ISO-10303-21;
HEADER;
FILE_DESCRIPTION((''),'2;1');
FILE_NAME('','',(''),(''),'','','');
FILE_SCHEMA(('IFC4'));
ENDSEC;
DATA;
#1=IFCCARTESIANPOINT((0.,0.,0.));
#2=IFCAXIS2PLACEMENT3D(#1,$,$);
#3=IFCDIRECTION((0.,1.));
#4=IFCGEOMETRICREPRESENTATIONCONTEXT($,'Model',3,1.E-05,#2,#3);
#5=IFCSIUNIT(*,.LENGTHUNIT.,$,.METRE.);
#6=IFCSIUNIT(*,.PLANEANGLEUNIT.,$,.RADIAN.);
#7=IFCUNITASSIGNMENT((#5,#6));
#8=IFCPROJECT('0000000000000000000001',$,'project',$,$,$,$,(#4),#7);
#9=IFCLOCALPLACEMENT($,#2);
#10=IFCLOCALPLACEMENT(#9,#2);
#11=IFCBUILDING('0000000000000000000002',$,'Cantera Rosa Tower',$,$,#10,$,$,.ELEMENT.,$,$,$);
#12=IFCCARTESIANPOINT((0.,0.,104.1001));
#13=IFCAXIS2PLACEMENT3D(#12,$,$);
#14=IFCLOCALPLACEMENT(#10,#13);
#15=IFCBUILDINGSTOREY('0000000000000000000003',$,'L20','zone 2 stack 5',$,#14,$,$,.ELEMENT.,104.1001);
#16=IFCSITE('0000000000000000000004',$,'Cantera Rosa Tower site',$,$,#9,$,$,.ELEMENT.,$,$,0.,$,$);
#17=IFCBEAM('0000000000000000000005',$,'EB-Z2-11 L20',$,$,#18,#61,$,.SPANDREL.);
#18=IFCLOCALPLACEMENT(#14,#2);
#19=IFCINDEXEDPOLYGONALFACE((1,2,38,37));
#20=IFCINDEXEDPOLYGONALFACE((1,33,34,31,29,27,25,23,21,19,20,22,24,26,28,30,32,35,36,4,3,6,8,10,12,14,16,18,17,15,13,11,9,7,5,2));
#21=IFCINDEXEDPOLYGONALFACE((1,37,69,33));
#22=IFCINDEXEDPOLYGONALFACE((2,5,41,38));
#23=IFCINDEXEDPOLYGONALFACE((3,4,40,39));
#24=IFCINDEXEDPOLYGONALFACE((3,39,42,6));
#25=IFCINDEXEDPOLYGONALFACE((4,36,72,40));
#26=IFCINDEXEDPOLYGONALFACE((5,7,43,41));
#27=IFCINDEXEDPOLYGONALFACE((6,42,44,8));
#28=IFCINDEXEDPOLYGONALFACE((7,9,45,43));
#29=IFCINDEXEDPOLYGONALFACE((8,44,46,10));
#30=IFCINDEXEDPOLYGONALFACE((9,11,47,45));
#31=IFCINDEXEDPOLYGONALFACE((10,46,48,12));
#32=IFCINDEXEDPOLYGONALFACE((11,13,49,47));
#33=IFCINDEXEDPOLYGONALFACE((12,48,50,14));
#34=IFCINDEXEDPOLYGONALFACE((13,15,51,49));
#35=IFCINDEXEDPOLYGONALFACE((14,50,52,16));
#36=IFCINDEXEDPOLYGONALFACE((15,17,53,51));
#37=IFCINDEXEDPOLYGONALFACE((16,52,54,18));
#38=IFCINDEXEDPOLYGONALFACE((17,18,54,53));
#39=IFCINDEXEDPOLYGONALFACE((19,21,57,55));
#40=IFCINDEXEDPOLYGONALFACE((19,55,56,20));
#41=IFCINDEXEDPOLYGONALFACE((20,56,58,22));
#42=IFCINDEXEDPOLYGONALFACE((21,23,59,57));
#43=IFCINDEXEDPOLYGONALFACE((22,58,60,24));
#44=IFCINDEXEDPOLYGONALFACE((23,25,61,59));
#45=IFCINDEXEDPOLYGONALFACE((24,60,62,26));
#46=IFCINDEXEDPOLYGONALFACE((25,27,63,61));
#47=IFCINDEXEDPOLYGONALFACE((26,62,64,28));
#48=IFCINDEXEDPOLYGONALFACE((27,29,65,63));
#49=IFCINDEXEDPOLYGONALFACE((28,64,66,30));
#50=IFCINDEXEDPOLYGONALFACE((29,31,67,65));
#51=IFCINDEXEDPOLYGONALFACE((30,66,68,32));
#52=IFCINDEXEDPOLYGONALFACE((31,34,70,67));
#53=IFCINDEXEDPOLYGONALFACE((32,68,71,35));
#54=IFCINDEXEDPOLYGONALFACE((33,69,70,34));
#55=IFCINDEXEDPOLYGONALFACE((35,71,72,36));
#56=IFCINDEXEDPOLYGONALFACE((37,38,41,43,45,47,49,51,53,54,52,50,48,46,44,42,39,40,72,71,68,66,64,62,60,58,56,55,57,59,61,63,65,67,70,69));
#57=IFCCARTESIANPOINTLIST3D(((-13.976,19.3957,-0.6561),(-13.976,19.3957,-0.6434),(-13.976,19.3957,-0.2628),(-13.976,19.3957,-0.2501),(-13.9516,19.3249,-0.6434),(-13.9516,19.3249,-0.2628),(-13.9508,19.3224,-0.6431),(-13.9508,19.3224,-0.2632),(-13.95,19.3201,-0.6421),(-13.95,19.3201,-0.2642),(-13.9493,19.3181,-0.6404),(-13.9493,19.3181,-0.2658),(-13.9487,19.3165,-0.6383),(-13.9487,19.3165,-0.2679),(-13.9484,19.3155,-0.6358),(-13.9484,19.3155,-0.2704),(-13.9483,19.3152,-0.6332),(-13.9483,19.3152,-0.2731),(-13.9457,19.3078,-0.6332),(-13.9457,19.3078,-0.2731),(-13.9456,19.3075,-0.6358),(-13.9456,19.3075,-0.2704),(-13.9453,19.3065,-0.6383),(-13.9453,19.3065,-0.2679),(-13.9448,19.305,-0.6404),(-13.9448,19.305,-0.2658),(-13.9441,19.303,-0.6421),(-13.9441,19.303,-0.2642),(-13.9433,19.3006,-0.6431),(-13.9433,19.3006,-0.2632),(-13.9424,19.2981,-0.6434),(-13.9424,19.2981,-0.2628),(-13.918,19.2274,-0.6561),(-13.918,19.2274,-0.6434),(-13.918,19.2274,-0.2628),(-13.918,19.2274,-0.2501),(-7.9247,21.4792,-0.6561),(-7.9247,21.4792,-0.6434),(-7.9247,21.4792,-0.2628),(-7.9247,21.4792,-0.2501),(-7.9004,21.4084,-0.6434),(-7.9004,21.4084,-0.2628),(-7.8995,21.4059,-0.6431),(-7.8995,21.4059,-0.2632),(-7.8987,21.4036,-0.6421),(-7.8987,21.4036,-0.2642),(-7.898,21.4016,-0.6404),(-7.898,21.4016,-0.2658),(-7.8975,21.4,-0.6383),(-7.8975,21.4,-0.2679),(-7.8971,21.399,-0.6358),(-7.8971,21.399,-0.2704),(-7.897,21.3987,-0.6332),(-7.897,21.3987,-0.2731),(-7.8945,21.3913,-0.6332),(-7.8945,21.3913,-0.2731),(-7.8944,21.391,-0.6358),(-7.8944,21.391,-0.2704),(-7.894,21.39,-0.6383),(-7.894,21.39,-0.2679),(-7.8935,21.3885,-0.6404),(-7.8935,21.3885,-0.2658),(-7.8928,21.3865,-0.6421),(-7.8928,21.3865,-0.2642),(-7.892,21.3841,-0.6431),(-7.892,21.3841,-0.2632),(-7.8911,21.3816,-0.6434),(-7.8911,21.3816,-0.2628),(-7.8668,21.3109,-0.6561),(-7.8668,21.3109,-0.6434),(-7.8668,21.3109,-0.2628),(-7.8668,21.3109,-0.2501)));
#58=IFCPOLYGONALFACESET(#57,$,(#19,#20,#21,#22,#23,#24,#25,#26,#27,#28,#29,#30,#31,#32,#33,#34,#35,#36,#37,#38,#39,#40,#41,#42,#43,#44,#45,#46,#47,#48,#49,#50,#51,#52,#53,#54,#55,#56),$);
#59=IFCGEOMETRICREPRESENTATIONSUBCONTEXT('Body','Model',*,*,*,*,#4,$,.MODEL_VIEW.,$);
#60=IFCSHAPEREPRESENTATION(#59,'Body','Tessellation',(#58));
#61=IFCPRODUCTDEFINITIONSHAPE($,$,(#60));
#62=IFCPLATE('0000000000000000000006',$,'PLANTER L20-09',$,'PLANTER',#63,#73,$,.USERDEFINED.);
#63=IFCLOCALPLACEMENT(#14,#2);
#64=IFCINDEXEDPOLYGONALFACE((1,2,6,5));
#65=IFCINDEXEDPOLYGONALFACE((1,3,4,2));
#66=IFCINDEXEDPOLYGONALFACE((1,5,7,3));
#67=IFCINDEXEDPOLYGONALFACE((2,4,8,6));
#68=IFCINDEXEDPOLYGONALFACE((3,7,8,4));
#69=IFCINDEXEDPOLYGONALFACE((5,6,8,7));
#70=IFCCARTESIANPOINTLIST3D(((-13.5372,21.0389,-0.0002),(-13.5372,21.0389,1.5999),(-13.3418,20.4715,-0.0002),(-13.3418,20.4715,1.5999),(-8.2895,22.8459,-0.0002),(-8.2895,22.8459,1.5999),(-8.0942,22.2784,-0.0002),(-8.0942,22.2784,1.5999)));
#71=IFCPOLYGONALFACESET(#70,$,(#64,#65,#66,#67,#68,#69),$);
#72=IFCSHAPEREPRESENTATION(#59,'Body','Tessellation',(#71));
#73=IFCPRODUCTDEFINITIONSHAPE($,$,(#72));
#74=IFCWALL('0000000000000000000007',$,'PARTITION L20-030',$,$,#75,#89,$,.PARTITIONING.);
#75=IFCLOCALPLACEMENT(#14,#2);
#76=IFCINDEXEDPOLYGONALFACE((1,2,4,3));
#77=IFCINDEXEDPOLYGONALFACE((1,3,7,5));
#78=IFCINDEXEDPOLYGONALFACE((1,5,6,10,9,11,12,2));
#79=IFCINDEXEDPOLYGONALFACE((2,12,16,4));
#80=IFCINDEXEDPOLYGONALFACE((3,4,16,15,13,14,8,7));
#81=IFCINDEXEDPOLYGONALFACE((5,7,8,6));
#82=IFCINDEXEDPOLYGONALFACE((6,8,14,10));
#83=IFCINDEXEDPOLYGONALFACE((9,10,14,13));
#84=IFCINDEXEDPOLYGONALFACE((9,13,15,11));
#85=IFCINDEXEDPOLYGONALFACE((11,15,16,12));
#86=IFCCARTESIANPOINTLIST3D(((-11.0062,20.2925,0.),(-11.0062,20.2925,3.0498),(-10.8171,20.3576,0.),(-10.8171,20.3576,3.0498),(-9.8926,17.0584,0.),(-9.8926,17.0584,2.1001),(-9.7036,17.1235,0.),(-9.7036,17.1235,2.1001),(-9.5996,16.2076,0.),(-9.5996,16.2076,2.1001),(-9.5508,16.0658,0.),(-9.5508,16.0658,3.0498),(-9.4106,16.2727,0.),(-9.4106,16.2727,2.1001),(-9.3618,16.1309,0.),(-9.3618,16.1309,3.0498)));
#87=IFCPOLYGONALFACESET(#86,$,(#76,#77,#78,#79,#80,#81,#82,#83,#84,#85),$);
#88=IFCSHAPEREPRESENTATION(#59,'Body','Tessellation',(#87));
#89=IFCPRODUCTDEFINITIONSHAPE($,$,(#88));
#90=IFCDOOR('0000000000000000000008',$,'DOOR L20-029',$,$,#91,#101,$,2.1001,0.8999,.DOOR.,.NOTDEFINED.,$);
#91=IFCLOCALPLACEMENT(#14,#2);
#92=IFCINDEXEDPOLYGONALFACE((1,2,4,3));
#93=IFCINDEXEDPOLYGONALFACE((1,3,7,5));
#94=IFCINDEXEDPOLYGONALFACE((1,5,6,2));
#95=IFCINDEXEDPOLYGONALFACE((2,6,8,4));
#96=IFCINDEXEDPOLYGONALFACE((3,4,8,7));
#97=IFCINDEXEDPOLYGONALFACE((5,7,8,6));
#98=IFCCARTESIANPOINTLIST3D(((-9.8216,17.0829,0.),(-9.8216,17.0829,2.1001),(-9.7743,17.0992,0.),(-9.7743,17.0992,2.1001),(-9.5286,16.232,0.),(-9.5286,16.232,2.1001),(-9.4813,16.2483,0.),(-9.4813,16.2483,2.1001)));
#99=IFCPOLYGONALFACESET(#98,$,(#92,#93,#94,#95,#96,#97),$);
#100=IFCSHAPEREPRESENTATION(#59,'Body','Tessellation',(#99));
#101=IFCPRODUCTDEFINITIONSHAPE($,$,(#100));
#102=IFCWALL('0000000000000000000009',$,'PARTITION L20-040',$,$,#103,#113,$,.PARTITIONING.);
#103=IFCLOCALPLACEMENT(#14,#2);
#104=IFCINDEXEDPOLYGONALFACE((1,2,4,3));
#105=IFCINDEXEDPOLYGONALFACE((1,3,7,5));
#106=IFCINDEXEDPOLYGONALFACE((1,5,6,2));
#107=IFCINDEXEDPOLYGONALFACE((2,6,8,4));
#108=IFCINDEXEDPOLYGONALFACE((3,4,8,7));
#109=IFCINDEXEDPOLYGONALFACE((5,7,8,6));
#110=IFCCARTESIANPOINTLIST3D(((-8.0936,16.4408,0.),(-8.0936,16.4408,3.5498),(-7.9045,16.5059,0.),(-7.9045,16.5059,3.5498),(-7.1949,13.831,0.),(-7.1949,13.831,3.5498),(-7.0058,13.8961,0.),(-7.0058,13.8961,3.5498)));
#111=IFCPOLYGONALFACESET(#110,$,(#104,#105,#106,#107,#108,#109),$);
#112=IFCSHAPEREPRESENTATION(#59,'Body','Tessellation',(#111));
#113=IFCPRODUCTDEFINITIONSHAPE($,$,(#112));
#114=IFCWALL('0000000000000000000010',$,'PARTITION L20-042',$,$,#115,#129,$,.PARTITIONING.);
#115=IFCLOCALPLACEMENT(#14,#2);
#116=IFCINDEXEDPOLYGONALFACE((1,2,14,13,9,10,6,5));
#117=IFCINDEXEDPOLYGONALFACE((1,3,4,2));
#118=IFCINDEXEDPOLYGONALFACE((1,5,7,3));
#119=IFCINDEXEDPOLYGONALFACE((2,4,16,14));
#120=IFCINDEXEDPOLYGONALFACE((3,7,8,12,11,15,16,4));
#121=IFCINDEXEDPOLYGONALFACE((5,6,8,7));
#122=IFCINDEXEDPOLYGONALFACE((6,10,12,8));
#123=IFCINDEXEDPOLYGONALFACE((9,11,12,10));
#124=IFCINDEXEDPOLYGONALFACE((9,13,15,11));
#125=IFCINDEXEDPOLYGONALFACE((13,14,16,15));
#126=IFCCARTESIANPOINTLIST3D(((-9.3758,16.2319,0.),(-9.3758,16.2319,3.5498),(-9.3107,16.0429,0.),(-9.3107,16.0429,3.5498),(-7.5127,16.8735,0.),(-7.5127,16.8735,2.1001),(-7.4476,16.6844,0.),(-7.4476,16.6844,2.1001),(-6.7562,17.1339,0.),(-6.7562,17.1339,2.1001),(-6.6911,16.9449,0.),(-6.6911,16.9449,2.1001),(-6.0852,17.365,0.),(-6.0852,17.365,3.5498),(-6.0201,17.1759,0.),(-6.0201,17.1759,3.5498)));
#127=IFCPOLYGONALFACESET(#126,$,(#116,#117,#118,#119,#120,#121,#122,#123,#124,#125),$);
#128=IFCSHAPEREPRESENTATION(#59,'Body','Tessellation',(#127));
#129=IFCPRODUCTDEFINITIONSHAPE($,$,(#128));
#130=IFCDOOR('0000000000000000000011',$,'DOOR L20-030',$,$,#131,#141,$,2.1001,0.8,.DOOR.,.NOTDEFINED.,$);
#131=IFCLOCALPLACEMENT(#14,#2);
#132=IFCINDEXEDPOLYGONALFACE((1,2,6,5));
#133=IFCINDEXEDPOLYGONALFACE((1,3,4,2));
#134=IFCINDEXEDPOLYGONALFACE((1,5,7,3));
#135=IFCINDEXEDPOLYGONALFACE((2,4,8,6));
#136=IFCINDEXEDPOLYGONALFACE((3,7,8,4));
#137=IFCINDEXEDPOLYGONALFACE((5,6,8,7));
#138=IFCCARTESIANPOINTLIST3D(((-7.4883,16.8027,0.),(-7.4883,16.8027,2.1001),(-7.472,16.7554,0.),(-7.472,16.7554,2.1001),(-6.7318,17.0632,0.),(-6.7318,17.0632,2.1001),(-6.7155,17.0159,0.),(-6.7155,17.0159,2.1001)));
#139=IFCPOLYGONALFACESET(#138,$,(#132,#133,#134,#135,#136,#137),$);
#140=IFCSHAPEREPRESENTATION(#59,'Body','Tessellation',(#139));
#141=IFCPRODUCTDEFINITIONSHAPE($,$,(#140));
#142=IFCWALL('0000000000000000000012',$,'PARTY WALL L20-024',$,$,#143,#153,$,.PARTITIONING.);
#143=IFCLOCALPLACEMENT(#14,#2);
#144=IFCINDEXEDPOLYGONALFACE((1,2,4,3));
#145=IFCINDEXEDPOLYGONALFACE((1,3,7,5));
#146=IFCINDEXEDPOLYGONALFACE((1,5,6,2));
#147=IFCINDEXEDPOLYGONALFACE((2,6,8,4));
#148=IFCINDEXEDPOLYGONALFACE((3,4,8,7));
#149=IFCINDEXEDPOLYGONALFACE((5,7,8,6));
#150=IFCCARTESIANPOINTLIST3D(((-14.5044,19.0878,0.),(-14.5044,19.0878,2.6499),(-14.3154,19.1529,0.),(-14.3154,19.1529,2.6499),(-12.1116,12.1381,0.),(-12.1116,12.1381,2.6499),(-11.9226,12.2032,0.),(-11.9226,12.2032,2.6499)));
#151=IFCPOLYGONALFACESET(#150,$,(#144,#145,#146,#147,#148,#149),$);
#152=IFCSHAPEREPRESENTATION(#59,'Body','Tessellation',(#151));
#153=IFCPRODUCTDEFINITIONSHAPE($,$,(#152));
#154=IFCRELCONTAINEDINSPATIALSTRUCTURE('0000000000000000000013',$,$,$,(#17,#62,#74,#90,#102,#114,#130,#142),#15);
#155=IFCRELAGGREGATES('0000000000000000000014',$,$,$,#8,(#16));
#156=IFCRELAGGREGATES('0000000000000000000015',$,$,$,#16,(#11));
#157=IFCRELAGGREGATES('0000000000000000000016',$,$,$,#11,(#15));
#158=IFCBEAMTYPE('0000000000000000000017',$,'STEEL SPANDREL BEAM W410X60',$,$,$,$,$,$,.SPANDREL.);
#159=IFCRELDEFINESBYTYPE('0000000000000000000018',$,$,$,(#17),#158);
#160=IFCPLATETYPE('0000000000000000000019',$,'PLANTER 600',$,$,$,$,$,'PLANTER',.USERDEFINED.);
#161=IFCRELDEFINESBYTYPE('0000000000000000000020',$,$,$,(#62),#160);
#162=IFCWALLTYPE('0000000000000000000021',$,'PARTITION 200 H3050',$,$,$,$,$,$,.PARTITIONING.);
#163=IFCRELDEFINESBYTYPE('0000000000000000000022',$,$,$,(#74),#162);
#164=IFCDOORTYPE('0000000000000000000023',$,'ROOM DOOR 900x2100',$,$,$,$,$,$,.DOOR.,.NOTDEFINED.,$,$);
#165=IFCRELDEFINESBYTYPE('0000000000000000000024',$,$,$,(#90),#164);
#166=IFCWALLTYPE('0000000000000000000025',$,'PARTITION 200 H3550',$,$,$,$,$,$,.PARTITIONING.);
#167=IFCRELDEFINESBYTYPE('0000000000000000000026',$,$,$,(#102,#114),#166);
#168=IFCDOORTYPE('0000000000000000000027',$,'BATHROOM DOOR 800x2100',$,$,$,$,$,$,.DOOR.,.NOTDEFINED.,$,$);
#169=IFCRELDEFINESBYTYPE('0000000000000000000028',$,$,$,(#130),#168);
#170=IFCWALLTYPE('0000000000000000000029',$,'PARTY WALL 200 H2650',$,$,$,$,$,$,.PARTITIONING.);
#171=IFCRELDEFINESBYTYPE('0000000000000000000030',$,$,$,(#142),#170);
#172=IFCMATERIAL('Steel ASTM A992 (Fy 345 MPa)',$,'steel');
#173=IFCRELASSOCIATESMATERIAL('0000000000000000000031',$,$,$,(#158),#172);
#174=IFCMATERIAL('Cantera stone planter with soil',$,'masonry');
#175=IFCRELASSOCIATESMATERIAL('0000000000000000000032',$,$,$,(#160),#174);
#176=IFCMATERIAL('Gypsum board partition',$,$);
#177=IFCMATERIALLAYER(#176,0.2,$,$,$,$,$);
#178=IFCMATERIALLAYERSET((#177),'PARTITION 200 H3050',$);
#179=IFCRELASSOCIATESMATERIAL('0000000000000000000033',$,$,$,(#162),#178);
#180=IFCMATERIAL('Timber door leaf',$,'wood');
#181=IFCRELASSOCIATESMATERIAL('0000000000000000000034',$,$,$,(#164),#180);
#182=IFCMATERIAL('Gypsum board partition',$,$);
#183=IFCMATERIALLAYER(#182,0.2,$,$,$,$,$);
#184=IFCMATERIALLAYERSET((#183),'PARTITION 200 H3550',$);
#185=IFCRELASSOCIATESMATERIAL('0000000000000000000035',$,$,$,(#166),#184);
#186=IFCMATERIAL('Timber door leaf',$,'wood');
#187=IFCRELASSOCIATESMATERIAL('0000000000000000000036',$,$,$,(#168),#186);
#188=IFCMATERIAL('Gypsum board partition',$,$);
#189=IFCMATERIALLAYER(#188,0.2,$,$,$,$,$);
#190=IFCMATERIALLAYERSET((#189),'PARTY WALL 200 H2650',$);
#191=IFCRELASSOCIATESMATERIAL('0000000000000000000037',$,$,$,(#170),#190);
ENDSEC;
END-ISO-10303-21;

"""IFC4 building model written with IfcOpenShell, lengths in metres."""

from ifc_helpers import new_model, si_unit, direction, frame, frame_2d, origin, origin_2d, place, context, subcontext, project, spatial, rectangle, i_section, extrude, material, layer, layer_set, material_profile, profile_set, type_object, element, fill, save


model = new_model("IFC4")

# Units and contexts
model_context = context("Model", 3, precision=1e-05, world=origin(), true_north=direction((0.0, 1.0)))
body_context = subcontext(model_context, "Body", "Model", "MODEL_VIEW")
ifc_project = project(units=[si_unit("LENGTHUNIT", "METRE"), si_unit("PLANEANGLEUNIT", "RADIAN")], contexts=[model_context])

# Site, building, storey
site_placement = place(None, origin())
site = spatial("IfcSite", under=ifc_project, at=site_placement, Name="Cantera Rosa Tower site", CompositionType="ELEMENT", RefElevation=0.0)
building_placement = place(site_placement, origin())
building = spatial("IfcBuilding", under=site, at=building_placement, Name="Cantera Rosa Tower", CompositionType="ELEMENT")
storey_placement = place(building_placement, frame((0.0, 0.0, 104.1001)))
storey = spatial("IfcBuildingStorey", under=building, at=storey_placement, Name="L20", Description="zone 2 stack 5", CompositionType="ELEMENT", Elevation=104.1001)

# Beam
ifc_material_1 = material(Name="Steel ASTM A992 (Fy 345 MPa)", Category="steel")
ifc_material_profile_1 = material_profile(ifc_material_1, i_section(OverallWidth=0.178, OverallDepth=0.406, WebThickness=0.0078, FlangeThickness=0.0127, FilletRadius=0.0103, at=origin_2d()), Name="W410X60")
ifc_profile_set_1 = profile_set([ifc_material_profile_1], Name="Steel ASTM A992 (Fy 345 MPa)")
beam_type_1 = type_object("IfcBeamType", Name="STEEL SPANDREL BEAM W410X60", PredefinedType="SPANDREL", material=ifc_profile_set_1)
beam_1_placement = place(storey_placement, frame((-7.8958, 21.395, -0.4531), z_axis=(-0.945524, -0.325551, 0.0), x_axis=(0.325551, -0.945524, 0.0)))
element("IfcBeam", 1, at=beam_1_placement, inside=storey, type_object=beam_type_1, Name="EB-Z2-11 L20", PredefinedType="SPANDREL", context=body_context, shape_type="SweptSolid", body=[
    extrude(i_section(OverallWidth=0.178, OverallDepth=0.406, WebThickness=0.0078, FlangeThickness=0.0127, FilletRadius=0.0103, at=origin_2d()), origin(), (0.0, 0.0, 1.0), 6.3999),
])

# Plate
ifc_material_2 = material(Name="Cantera stone planter with soil", Category="masonry")
plate_type = type_object("IfcPlateType", Name="PLANTER 600", ElementType="PLANTER", PredefinedType="USERDEFINED", material=ifc_material_2)
plate_placement = place(storey_placement, frame((-10.8157, 21.6587, -0.0002), z_axis=(0.0, 0.0, 1.0), x_axis=(-0.945519, -0.325568, 0.0)))
element("IfcPlate", 2, at=plate_placement, inside=storey, type_object=plate_type, Name="PLANTER L20-09", ObjectType="PLANTER", PredefinedType="USERDEFINED", context=body_context, shape_type="SweptSolid", body=[
    extrude(rectangle(XDim=5.55, YDim=0.6001, at=origin_2d()), origin(), (0.0, 0.0, 1.0), 1.6001),
])

# Wall, opening, door
ifc_material_3 = material(Name="Gypsum board partition")
ifc_layer_1 = layer(ifc_material_3, 0.2)
ifc_layer_set_1 = layer_set([ifc_layer_1], Name="PARTITION 200 H3050")
wall_type_1 = type_object("IfcWallType", Name="PARTITION 200 H3050", PredefinedType="PARTITIONING", material=ifc_layer_set_1)
wall_1_placement = place(storey_placement, frame((-9.4563, 16.0984, 0.0), z_axis=(0.0, 0.0, 1.0), x_axis=(-0.325568, 0.945519, 0.0)))
wall_1 = element("IfcWall", 3, at=wall_1_placement, inside=storey, type_object=wall_type_1, Name="PARTITION L20-030", PredefinedType="PARTITIONING", context=body_context, shape_type="SweptSolid", body=[
    extrude(rectangle(XDim=4.4702, YDim=0.2, at=frame_2d((2.2351, 0.0))), origin(), (0.0, 0.0, 1.0), 3.0498),
])
opening_1_placement = place(wall_1_placement, frame((0.1499, 0.0, 0.0)))
opening_1 = element("IfcOpeningElement", 4, at=opening_1_placement, cuts=wall_1, PredefinedType="OPENING", context=body_context, shape_type="SweptSolid", body=[
    extrude(rectangle(XDim=0.8999, YDim=2.1001, at=frame_2d((0.45, 1.05))), frame((0.0, 0.1099, 0.0), z_axis=(0.0, -1.0, 0.0), x_axis=(1.0, 0.0, 0.0)), (0.0, 0.0, 1.0), 0.22),
])
ifc_material_4 = material(Name="Timber door leaf", Category="wood")
door_type_1 = type_object("IfcDoorType", Name="ROOM DOOR 900x2100", OperationType="NOTDEFINED", PredefinedType="DOOR", material=ifc_material_4)
door_1_placement = place(opening_1_placement, origin())
door_1 = element("IfcDoor", 5, at=door_1_placement, inside=storey, type_object=door_type_1, Name="DOOR L20-029", OperationType="NOTDEFINED", OverallHeight=2.1001, OverallWidth=0.8999, PredefinedType="DOOR", context=body_context, shape_type="SweptSolid", body=[
    extrude(rectangle(XDim=0.8999, YDim=2.1001, at=frame_2d((0.45, 1.05))), frame((0.0, 0.0249, 0.0), z_axis=(0.0, -1.0, 0.0), x_axis=(1.0, 0.0, 0.0)), (0.0, 0.0, 1.0), 0.05),
])
fill(opening_1, door_1)

# Wall
ifc_material_5 = material(Name="Gypsum board partition")
ifc_layer_2 = layer(ifc_material_5, 0.2)
ifc_layer_set_2 = layer_set([ifc_layer_2], Name="PARTITION 200 H3550")
wall_type_2 = type_object("IfcWallType", Name="PARTITION 200 H3550", PredefinedType="PARTITIONING", material=ifc_layer_set_2)
wall_2_placement = place(storey_placement, frame((-7.1003, 13.8635, 0.0), z_axis=(0.0, 0.0, 1.0), x_axis=(-0.325579, 0.945515, 0.0)))
element("IfcWall", 6, at=wall_2_placement, inside=storey, type_object=wall_type_2, Name="PARTITION L20-040", PredefinedType="PARTITIONING", context=body_context, shape_type="SweptSolid", body=[
    extrude(rectangle(XDim=2.7603, YDim=0.2, at=frame_2d((1.3801, 0.0))), origin(), (0.0, 0.0, 1.0), 3.5498),
])

# Wall, opening, door
wall_3_placement = place(storey_placement, frame((-6.0525, 17.2705, 0.0), z_axis=(0.0, 0.0, 1.0), x_axis=(-0.945515, -0.325578, 0.0)))
wall_3 = element("IfcWall", 7, at=wall_3_placement, inside=storey, type_object=wall_type_2, Name="PARTITION L20-042", PredefinedType="PARTITIONING", context=body_context, shape_type="SweptSolid", body=[
    extrude(rectangle(XDim=3.4802, YDim=0.2, at=frame_2d((1.7402, 0.0))), origin(), (0.0, 0.0, 1.0), 3.5498),
])
opening_2_placement = place(wall_3_placement, frame((0.71, 0.0, 0.0)))
opening_2 = element("IfcOpeningElement", 8, at=opening_2_placement, cuts=wall_3, PredefinedType="OPENING", context=body_context, shape_type="SweptSolid", body=[
    extrude(rectangle(XDim=0.8, YDim=2.1001, at=frame_2d((0.3999, 1.05))), frame((0.0, 0.1099, 0.0), z_axis=(0.0, -1.0, 0.0), x_axis=(1.0, 0.0, 0.0)), (0.0, 0.0, 1.0), 0.22),
])
ifc_material_6 = material(Name="Timber door leaf", Category="wood")
door_type_2 = type_object("IfcDoorType", Name="BATHROOM DOOR 800x2100", OperationType="NOTDEFINED", PredefinedType="DOOR", material=ifc_material_6)
door_2_placement = place(opening_2_placement, origin())
door_2 = element("IfcDoor", 9, at=door_2_placement, inside=storey, type_object=door_type_2, Name="DOOR L20-030", OperationType="NOTDEFINED", OverallHeight=2.1001, OverallWidth=0.8, PredefinedType="DOOR", context=body_context, shape_type="SweptSolid", body=[
    extrude(rectangle(XDim=0.8, YDim=2.1001, at=frame_2d((0.3999, 1.05))), frame((0.0, 0.0249, 0.0), z_axis=(0.0, -1.0, 0.0), x_axis=(1.0, 0.0, 0.0)), (0.0, 0.0, 1.0), 0.05),
])
fill(opening_2, door_2)

# Wall
ifc_material_7 = material(Name="Gypsum board partition")
ifc_layer_3 = layer(ifc_material_7, 0.2)
ifc_layer_set_3 = layer_set([ifc_layer_3], Name="PARTY WALL 200 H2650")
wall_type_3 = type_object("IfcWallType", Name="PARTY WALL 200 H2650", PredefinedType="PARTITIONING", material=ifc_layer_set_3)
wall_4_placement = place(storey_placement, frame((-12.0171, 12.1707, 0.0), z_axis=(0.0, 0.0, 1.0), x_axis=(-0.325549, 0.945525, 0.0)))
element("IfcWall", 10, at=wall_4_placement, inside=storey, type_object=wall_type_3, Name="PARTY WALL L20-024", PredefinedType="PARTITIONING", context=body_context, shape_type="SweptSolid", body=[
    extrude(rectangle(XDim=7.3501, YDim=0.2, at=frame_2d((3.675, 0.0))), origin(), (0.0, 0.0, 1.0), 2.6499),
])

save(model, "model.ifc")
